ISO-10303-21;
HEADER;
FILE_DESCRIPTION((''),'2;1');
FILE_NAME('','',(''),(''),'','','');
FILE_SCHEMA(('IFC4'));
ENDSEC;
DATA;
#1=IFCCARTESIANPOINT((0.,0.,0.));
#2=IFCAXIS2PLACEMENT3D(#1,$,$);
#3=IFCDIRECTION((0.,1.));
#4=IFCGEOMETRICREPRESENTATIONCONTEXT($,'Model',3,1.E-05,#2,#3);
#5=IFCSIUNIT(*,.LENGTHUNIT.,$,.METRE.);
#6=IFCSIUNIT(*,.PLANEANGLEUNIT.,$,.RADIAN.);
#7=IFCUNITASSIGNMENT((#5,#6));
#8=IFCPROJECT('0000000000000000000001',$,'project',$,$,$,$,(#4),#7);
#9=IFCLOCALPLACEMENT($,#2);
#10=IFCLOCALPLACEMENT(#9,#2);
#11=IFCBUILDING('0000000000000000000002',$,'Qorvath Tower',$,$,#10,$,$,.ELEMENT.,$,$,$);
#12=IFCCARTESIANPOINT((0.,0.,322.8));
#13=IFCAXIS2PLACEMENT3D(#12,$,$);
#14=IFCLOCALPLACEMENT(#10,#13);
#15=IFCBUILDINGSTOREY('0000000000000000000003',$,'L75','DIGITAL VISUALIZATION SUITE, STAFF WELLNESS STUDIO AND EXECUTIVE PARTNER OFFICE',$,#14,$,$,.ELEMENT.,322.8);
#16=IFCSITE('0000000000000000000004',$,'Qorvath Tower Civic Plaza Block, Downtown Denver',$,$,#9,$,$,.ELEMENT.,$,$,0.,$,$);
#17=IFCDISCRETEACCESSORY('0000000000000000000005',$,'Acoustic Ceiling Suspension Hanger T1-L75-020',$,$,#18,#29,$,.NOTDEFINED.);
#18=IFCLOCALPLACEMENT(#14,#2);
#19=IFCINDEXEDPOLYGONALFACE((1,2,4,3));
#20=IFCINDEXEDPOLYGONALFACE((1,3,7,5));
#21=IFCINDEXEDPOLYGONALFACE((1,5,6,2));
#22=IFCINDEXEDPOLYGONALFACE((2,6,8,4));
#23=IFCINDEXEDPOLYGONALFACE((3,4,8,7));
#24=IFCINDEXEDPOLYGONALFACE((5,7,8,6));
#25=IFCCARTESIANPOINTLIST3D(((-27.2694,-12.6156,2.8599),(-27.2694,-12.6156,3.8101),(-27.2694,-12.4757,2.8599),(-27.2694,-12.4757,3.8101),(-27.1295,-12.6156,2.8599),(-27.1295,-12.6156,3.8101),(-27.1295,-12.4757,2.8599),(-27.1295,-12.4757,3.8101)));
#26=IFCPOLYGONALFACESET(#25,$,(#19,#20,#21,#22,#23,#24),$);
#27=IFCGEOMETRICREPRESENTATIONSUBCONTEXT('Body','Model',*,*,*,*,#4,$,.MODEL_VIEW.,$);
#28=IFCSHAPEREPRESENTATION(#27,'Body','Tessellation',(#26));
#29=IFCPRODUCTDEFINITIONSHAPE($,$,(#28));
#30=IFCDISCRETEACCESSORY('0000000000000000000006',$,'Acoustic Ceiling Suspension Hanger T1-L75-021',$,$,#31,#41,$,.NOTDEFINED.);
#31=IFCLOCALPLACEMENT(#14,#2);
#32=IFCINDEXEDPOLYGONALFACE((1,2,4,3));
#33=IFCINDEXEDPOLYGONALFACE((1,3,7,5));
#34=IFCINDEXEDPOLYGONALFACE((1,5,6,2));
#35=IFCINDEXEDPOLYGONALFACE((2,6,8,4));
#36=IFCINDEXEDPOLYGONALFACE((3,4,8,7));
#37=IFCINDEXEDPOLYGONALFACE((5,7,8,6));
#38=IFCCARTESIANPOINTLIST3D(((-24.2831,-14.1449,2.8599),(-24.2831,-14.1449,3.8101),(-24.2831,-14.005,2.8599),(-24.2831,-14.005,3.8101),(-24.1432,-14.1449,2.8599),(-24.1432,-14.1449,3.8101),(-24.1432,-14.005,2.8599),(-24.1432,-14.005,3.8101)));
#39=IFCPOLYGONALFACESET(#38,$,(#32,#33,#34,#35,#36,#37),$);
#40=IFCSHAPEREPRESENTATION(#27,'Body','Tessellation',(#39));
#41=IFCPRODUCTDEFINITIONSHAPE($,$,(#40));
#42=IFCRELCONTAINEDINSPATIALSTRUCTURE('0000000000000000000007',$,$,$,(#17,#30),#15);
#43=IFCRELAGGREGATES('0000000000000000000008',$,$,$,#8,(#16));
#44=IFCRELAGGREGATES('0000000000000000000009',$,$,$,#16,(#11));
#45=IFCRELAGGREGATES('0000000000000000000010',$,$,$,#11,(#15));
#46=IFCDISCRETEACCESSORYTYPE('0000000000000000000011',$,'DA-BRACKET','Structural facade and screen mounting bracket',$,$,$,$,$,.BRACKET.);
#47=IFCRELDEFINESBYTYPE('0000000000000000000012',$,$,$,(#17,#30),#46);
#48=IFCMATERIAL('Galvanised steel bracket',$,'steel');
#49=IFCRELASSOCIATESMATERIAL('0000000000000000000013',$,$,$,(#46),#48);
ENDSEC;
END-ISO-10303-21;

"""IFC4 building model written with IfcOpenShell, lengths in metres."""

from ifc_helpers import new_model, si_unit, direction, frame, origin, origin_2d, place, context, subcontext, project, spatial, rectangle, extrude, material, type_object, element, save


model = new_model("IFC4")

# Units and contexts
model_context = context("Model", 3, precision=1e-05, world=origin(), true_north=direction((0.0, 1.0)))
body_context = subcontext(model_context, "Body", "Model", "MODEL_VIEW")
ifc_project = project(units=[si_unit("LENGTHUNIT", "METRE"), si_unit("PLANEANGLEUNIT", "RADIAN")], contexts=[model_context])

# Site, building, storey
site_placement = place(None, origin())
site = spatial("IfcSite", under=ifc_project, at=site_placement, Name="Qorvath Tower Civic Plaza Block, Downtown Denver", CompositionType="ELEMENT", RefElevation=0.0)
building_placement = place(site_placement, origin())
building = spatial("IfcBuilding", under=site, at=building_placement, Name="Qorvath Tower", CompositionType="ELEMENT")
storey_placement = place(building_placement, frame((0.0, 0.0, 322.8)))
storey = spatial("IfcBuildingStorey", under=building, at=storey_placement, Name="L75", Description="DIGITAL VISUALIZATION SUITE, STAFF WELLNESS STUDIO AND EXECUTIVE PARTNER OFFICE", CompositionType="ELEMENT", Elevation=322.8)

# Discrete accessories
ifc_material_1 = material(Name="Galvanised steel bracket", Category="steel")
discrete_accessory_type = type_object("IfcDiscreteAccessoryType", Name="DA-BRACKET", Description="Structural facade and screen mounting bracket", PredefinedType="BRACKET", material=ifc_material_1)
for number, where, z_axis, x_axis, name in (
    (1, (-27.1995, -12.5457, 2.8599), (0.0, 0.0, 1.0), (1.0, 0.0, 0.0), "Acoustic Ceiling Suspension Hanger T1-L75-020"),
    (2, (-24.2131, -14.075, 2.8599), (0.0, 0.0, 1.0), (1.0, 0.0, 0.0), "Acoustic Ceiling Suspension Hanger T1-L75-021"),
):
    element("IfcDiscreteAccessory", number, at=place(storey_placement, frame(where, z_axis=z_axis, x_axis=x_axis)), inside=storey, type_object=discrete_accessory_type, Name=name, PredefinedType="NOTDEFINED", context=body_context, shape_type="SweptSolid", body=[
        extrude(rectangle(XDim=0.1399, YDim=0.1399, at=origin_2d()), origin(), (0.0, 0.0, 1.0), 0.9502),
    ])

save(model, "model.ifc")
